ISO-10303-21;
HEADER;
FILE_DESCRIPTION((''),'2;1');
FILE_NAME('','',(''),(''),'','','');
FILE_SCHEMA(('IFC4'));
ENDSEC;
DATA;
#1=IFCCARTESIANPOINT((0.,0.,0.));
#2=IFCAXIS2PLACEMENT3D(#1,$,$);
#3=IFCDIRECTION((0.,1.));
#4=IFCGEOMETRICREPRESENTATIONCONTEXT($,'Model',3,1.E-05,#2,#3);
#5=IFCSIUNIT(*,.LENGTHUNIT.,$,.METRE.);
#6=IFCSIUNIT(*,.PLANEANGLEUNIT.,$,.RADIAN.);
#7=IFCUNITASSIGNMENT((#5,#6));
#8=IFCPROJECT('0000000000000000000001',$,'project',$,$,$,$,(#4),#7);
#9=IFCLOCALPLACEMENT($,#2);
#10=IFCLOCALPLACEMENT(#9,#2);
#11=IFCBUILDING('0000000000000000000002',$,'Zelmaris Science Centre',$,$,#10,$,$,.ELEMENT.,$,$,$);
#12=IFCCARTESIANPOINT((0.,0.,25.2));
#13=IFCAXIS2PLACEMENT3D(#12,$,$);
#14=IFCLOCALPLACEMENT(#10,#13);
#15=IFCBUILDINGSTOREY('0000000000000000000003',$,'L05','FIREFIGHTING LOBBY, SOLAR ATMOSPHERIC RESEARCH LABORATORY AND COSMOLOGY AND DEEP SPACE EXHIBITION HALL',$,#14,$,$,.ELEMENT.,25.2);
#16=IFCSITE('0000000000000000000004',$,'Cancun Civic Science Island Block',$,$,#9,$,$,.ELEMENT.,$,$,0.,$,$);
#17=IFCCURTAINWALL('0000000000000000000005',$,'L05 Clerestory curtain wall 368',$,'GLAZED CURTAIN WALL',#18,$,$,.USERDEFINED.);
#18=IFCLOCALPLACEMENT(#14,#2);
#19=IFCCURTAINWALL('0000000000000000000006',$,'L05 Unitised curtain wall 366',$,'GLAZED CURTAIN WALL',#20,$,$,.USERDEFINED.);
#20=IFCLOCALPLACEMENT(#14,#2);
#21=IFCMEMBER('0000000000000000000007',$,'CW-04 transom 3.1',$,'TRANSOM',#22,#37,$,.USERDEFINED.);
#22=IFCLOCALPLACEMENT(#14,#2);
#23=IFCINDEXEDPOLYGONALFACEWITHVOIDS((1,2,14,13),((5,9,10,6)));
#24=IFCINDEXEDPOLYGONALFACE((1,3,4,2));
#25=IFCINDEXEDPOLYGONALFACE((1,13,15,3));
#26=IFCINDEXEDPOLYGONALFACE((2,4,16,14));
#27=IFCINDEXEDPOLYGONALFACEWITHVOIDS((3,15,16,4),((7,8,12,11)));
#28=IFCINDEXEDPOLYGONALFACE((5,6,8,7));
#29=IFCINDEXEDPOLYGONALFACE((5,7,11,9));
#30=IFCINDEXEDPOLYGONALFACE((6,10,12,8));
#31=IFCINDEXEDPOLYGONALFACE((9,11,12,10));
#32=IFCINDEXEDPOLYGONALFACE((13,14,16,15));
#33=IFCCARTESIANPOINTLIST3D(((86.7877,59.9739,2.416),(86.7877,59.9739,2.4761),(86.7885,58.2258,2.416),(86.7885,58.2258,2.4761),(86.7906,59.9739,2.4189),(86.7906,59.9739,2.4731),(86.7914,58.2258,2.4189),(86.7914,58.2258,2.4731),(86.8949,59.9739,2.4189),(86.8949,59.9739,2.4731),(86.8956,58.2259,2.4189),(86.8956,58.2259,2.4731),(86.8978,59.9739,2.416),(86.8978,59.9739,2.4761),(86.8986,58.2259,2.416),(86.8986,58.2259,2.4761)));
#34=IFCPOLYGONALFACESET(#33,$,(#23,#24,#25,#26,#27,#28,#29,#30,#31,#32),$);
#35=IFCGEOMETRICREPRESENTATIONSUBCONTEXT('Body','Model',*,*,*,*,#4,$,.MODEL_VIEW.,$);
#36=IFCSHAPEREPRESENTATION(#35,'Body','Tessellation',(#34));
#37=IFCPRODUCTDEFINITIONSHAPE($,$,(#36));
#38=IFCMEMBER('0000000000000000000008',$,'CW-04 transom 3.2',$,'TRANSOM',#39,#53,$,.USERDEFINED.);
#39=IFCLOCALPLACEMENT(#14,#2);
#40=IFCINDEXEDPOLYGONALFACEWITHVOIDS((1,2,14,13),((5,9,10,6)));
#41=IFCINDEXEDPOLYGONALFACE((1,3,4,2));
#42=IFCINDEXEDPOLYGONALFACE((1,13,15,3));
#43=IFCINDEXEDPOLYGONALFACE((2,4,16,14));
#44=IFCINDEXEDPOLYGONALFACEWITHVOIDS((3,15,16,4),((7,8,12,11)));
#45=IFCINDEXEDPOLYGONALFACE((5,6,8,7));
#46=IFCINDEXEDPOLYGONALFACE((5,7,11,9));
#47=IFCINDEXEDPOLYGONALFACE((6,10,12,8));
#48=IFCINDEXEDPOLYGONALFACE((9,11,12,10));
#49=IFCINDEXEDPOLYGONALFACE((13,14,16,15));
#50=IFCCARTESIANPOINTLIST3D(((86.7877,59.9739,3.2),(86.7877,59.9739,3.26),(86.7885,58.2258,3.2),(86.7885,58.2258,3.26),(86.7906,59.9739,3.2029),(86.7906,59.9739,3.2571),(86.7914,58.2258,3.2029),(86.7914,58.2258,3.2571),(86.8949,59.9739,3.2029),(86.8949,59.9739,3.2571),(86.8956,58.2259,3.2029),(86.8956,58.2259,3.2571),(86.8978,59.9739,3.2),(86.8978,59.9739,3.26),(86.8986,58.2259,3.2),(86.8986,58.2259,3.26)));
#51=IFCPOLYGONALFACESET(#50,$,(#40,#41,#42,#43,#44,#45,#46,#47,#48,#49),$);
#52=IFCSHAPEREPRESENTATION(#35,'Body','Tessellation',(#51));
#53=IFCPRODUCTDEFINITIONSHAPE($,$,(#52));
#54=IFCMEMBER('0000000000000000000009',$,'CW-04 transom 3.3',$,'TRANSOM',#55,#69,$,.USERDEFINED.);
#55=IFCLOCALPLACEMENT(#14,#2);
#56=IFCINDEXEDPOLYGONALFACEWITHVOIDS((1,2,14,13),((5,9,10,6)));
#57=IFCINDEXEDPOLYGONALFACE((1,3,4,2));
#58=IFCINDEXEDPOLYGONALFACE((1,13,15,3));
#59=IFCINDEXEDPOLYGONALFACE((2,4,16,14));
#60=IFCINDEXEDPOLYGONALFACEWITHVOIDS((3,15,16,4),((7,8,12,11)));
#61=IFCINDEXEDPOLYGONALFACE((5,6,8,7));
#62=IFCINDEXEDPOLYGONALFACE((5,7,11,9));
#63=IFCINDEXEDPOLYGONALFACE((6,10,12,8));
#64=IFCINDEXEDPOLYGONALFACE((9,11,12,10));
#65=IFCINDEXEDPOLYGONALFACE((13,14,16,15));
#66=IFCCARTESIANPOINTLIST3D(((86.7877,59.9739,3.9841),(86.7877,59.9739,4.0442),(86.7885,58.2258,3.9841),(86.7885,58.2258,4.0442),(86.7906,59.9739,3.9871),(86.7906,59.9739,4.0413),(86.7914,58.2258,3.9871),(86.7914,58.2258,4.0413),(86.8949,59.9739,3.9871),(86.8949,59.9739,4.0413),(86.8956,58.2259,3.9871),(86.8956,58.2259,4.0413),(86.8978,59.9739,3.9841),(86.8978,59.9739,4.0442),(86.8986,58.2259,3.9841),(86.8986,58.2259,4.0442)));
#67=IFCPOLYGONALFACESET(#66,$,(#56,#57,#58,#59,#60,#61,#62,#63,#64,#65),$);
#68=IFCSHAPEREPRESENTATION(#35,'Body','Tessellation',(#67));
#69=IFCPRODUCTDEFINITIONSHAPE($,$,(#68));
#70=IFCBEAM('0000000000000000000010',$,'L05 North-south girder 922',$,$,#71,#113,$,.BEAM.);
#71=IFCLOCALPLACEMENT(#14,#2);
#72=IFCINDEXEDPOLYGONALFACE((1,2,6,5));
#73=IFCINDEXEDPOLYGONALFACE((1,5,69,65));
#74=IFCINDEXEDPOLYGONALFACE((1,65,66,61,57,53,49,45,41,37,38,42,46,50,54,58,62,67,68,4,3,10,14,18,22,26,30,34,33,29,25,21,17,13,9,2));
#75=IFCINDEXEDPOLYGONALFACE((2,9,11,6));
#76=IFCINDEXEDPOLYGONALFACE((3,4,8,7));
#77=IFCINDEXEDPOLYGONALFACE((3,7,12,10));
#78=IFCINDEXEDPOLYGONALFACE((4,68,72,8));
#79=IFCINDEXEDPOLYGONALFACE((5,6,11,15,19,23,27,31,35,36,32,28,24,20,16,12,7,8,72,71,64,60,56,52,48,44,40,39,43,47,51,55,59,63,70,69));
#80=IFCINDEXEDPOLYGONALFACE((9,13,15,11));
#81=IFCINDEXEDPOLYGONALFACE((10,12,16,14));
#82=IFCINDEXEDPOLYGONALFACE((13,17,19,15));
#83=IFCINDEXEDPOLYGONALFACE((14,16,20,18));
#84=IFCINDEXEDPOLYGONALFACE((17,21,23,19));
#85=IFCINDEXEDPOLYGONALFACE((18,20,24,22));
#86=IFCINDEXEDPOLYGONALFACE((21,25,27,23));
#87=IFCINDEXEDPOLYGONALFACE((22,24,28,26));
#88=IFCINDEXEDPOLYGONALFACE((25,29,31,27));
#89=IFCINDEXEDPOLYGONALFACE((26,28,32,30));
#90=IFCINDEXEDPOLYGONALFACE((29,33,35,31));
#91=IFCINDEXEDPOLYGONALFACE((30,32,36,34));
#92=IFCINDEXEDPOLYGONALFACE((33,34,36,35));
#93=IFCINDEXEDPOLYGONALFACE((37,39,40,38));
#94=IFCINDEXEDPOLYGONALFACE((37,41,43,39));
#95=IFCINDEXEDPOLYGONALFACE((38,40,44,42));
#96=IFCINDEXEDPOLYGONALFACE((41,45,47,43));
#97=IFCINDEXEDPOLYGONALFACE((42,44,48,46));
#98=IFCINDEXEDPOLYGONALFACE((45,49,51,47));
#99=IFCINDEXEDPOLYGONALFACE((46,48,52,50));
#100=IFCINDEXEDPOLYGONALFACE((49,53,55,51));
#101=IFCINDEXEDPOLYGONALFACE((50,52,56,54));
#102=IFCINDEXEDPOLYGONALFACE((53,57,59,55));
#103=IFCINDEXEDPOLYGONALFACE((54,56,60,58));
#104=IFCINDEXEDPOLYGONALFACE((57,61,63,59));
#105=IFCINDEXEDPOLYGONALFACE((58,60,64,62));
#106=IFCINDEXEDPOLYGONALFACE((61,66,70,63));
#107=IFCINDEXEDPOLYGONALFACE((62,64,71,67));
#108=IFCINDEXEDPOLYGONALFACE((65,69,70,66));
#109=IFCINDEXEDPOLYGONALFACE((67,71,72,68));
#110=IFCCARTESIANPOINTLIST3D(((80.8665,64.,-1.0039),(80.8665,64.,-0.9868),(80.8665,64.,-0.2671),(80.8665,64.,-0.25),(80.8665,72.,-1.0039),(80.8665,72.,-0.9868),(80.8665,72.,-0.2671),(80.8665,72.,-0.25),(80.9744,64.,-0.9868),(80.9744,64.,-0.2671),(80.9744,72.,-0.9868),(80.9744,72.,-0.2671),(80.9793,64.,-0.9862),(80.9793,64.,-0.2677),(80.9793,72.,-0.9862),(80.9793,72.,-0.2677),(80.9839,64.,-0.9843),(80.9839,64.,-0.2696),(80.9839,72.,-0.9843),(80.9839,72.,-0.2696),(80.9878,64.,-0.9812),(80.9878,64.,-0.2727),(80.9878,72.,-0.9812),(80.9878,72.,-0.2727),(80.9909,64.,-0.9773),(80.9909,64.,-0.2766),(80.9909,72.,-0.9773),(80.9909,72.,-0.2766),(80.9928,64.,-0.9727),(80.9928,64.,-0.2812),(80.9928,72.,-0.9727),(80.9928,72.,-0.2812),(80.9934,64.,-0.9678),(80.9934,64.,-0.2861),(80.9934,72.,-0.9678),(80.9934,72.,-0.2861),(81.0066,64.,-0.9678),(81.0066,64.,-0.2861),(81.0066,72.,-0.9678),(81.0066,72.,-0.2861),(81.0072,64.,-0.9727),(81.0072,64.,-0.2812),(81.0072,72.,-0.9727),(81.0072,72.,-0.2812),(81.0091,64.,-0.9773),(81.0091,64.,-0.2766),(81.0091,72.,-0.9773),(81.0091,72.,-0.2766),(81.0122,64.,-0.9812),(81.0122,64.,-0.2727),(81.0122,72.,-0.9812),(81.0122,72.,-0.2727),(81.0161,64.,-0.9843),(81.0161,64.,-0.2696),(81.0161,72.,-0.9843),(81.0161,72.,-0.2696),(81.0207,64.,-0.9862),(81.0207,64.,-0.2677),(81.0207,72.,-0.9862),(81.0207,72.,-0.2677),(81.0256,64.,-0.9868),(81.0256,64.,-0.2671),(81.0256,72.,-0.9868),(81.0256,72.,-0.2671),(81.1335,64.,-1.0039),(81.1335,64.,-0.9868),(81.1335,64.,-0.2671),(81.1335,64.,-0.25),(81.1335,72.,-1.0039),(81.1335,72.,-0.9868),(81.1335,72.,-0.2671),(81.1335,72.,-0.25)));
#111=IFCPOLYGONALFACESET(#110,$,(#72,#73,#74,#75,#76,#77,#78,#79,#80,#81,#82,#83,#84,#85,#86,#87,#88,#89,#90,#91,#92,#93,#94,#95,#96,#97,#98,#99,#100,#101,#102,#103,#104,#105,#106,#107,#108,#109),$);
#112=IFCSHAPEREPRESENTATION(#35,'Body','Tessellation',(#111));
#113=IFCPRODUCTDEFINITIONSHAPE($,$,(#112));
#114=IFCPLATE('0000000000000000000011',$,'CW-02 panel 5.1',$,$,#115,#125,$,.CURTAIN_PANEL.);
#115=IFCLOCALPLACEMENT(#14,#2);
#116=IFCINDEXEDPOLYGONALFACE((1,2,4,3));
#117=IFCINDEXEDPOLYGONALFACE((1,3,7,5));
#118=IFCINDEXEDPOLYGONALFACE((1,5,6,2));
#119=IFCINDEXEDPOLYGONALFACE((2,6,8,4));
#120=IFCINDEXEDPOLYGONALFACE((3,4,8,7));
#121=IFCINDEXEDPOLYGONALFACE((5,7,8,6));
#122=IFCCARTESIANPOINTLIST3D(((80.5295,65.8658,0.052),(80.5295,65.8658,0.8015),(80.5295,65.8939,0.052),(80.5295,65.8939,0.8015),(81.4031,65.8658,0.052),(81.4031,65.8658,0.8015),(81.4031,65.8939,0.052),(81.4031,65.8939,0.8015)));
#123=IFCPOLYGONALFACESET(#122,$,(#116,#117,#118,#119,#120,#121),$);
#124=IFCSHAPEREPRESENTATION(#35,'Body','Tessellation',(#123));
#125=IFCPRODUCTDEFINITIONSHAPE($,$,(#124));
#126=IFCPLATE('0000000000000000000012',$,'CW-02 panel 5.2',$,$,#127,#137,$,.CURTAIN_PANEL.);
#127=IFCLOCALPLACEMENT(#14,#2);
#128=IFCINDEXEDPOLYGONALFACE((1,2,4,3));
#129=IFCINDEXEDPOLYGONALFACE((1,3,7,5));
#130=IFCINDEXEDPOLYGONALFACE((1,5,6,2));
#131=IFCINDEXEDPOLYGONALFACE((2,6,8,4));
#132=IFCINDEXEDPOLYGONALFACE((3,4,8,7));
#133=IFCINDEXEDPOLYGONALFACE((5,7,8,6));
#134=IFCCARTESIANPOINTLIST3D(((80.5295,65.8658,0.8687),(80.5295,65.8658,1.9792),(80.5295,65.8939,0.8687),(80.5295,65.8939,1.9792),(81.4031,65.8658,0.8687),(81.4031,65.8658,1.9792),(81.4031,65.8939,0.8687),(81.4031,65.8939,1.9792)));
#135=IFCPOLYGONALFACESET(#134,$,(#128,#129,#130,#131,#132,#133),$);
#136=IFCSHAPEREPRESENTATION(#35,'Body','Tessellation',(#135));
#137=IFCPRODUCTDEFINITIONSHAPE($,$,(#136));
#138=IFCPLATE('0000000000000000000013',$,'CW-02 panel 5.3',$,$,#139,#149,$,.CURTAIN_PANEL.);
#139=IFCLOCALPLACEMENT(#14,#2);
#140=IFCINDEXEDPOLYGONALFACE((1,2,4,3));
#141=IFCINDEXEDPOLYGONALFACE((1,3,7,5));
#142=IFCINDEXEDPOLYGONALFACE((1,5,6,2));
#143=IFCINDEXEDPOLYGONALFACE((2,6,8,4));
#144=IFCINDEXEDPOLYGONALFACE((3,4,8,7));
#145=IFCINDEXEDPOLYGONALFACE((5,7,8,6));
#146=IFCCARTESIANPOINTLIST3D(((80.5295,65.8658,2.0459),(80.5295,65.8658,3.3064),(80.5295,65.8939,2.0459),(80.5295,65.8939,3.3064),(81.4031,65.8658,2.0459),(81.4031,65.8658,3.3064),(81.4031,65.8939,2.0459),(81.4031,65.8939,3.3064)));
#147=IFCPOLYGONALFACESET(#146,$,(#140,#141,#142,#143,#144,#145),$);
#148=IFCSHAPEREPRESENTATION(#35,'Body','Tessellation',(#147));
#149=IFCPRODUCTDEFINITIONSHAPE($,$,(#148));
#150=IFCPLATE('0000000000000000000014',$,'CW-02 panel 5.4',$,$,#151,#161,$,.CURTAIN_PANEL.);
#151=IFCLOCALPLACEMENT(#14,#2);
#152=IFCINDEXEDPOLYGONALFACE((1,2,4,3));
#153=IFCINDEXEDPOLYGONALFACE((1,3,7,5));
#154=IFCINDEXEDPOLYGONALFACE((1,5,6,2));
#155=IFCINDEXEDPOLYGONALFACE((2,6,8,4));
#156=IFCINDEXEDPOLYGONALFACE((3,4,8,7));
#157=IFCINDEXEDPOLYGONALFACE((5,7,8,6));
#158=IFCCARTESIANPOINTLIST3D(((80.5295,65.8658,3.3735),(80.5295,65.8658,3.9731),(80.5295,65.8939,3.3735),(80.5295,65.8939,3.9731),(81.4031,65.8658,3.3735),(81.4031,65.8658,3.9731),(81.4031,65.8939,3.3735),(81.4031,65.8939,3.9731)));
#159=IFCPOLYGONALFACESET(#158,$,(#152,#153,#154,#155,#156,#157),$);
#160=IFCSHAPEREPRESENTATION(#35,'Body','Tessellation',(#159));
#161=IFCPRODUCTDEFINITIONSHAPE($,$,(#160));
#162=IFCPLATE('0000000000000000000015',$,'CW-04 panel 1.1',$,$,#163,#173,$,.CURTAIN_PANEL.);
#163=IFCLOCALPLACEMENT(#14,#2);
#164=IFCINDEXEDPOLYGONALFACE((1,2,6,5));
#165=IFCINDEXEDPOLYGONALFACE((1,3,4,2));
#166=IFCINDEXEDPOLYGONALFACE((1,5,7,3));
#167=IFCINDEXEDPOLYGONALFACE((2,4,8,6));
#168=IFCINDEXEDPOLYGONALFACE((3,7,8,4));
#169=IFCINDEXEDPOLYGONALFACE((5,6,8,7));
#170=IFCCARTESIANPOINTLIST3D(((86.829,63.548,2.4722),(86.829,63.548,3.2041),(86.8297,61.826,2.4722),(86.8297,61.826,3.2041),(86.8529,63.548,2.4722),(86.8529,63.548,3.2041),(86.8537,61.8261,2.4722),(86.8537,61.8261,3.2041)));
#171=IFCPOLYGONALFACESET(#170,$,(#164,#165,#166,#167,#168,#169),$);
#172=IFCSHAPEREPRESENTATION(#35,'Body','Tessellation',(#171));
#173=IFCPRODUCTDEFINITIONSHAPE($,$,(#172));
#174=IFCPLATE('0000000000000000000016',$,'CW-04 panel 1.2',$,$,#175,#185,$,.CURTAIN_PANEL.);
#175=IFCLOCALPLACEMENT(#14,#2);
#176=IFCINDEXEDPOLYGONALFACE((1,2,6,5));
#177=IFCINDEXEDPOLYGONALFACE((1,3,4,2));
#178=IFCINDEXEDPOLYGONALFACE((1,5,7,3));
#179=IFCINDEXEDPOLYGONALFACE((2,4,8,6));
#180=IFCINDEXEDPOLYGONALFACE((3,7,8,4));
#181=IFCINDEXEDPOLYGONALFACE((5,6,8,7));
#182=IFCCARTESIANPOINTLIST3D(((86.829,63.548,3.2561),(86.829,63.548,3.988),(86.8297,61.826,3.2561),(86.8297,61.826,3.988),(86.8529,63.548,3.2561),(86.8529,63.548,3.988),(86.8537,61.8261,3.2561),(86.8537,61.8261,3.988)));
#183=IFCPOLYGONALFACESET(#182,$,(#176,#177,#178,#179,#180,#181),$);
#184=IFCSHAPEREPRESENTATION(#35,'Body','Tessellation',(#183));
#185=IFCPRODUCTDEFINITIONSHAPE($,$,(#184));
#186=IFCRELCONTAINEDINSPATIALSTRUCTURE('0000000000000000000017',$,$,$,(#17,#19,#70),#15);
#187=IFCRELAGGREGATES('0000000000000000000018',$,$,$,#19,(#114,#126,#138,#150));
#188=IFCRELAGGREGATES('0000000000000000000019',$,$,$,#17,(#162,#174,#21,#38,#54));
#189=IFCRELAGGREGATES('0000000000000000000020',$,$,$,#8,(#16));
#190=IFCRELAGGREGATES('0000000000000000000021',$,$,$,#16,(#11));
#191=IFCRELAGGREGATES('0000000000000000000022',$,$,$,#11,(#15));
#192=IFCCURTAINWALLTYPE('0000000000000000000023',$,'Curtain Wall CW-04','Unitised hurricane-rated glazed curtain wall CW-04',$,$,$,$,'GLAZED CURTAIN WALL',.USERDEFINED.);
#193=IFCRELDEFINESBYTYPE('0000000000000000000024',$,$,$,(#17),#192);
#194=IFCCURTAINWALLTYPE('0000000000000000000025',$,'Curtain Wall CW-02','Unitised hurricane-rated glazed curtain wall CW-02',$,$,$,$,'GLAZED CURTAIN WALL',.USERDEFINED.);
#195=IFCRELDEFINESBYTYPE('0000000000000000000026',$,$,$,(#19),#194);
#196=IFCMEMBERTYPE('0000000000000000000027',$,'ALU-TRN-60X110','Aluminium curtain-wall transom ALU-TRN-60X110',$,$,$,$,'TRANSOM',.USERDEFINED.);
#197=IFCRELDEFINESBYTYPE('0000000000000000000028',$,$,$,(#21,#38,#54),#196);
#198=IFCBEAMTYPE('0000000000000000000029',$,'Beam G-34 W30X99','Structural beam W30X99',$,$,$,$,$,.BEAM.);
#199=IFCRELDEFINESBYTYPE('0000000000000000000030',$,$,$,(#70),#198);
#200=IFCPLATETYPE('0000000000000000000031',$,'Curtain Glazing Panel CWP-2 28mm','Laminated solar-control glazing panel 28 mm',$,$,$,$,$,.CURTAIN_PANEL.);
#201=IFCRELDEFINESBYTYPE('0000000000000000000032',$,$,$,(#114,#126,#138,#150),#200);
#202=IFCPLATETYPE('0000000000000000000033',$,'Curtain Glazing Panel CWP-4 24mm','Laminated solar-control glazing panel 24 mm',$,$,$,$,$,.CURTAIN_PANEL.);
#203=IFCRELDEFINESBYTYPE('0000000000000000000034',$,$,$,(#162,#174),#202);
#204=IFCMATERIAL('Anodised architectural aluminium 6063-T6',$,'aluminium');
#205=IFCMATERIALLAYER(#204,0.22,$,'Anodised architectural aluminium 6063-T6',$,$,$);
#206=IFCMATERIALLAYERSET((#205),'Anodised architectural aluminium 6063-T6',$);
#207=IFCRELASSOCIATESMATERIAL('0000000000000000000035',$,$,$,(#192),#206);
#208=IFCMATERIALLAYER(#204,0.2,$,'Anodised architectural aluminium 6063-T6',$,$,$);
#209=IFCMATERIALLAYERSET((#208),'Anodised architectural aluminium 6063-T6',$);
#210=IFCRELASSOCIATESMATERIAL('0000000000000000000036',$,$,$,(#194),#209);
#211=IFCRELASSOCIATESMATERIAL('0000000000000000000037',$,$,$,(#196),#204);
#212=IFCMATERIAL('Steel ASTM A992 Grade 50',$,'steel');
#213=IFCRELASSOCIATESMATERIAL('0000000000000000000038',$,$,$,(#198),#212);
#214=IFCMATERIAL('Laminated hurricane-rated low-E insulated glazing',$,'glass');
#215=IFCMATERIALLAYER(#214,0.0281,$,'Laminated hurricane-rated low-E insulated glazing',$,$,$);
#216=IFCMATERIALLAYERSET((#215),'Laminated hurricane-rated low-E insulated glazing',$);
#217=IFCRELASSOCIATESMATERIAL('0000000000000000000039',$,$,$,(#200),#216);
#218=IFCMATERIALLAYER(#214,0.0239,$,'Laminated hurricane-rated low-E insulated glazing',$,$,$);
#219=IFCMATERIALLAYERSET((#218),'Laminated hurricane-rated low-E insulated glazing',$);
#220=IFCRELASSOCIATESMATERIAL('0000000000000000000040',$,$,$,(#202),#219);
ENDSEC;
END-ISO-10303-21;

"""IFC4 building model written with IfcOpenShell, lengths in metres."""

from ifc_helpers import new_model, si_unit, direction, frame, origin, origin_2d, place, context, subcontext, project, spatial, rectangle, hollow_rectangle, i_section, extrude, material, layer, layer_set, material_profile, profile_set, type_object, element, aggregate, save


model = new_model("IFC4")

# Units and contexts
model_context = context("Model", 3, precision=1e-05, world=origin(), true_north=direction((0.0, 1.0)))
body_context = subcontext(model_context, "Body", "Model", "MODEL_VIEW")
ifc_project = project(units=[si_unit("LENGTHUNIT", "METRE"), si_unit("PLANEANGLEUNIT", "RADIAN")], contexts=[model_context])

# Site, building, storey
site_placement = place(None, origin())
site = spatial("IfcSite", under=ifc_project, at=site_placement, Name="Cancun Civic Science Island Block", CompositionType="ELEMENT", RefElevation=0.0)
building_placement = place(site_placement, origin())
building = spatial("IfcBuilding", under=site, at=building_placement, Name="Zelmaris Science Centre", CompositionType="ELEMENT")
storey_placement = place(building_placement, frame((0.0, 0.0, 25.2)))
storey = spatial("IfcBuildingStorey", under=building, at=storey_placement, Name="L05", Description="FIREFIGHTING LOBBY, SOLAR ATMOSPHERIC RESEARCH LABORATORY AND COSMOLOGY AND DEEP SPACE EXHIBITION HALL", CompositionType="ELEMENT", Elevation=25.2)

# Curtain wall
ifc_material_1 = material(Name="Anodised architectural aluminium 6063-T6", Category="aluminium")
ifc_layer_1 = layer(ifc_material_1, 0.22, Name="Anodised architectural aluminium 6063-T6")
ifc_layer_set_1 = layer_set([ifc_layer_1], Name="Anodised architectural aluminium 6063-T6")
curtain_wall_type_1 = type_object("IfcCurtainWallType", Name="Curtain Wall CW-04", Description="Unitised hurricane-rated glazed curtain wall CW-04", ElementType="GLAZED CURTAIN WALL", PredefinedType="USERDEFINED", material=ifc_layer_set_1)
curtain_wall_1_placement = place(storey_placement, origin())
curtain_wall_1 = element("IfcCurtainWall", 1, at=curtain_wall_1_placement, inside=storey, type_object=curtain_wall_type_1, Name="L05 Clerestory curtain wall 368", ObjectType="GLAZED CURTAIN WALL", PredefinedType="USERDEFINED")

# Curtain wall
ifc_layer_2 = layer(ifc_material_1, 0.2, Name="Anodised architectural aluminium 6063-T6")
ifc_layer_set_2 = layer_set([ifc_layer_2], Name="Anodised architectural aluminium 6063-T6")
curtain_wall_type_2 = type_object("IfcCurtainWallType", Name="Curtain Wall CW-02", Description="Unitised hurricane-rated glazed curtain wall CW-02", ElementType="GLAZED CURTAIN WALL", PredefinedType="USERDEFINED", material=ifc_layer_set_2)
curtain_wall_2_placement = place(storey_placement, origin())
curtain_wall_2 = element("IfcCurtainWall", 2, at=curtain_wall_2_placement, inside=storey, type_object=curtain_wall_type_2, Name="L05 Unitised curtain wall 366", ObjectType="GLAZED CURTAIN WALL", PredefinedType="USERDEFINED")

# Members
ifc_material_profile_1 = material_profile(ifc_material_1, hollow_rectangle(XDim=0.0601, YDim=0.1101, WallThickness=0.0029, at=origin_2d()), Name="ALU-TRN-60X110")
ifc_profile_set_1 = profile_set([ifc_material_profile_1], Name="Anodised architectural aluminium 6063-T6")
member_type_1 = type_object("IfcMemberType", Name="ALU-TRN-60X110", Description="Aluminium curtain-wall transom ALU-TRN-60X110", ElementType="TRANSOM", PredefinedType="USERDEFINED", material=ifc_profile_set_1)
member_1_placement = place(storey_placement, frame((86.8428, 59.9739, 2.446), z_axis=(0.000419, -1.0, 0.0), x_axis=(0.0, 0.0, 1.0)))
member_1 = element("IfcMember", 3, at=member_1_placement, type_object=member_type_1, Name="CW-04 transom 3.1", ObjectType="TRANSOM", PredefinedType="USERDEFINED", context=body_context, shape_type="SweptSolid", body=[
    extrude(hollow_rectangle(XDim=0.0601, YDim=0.1101, WallThickness=0.0029, at=origin_2d()), origin(), (0.0, 0.0, 1.0), 1.748),
])
member_2_placement = place(storey_placement, frame((86.8428, 59.9739, 3.23), z_axis=(0.000419, -1.0, 0.0), x_axis=(0.0, 0.0, 1.0)))
member_2 = element("IfcMember", 4, at=member_2_placement, type_object=member_type_1, Name="CW-04 transom 3.2", ObjectType="TRANSOM", PredefinedType="USERDEFINED", context=body_context, shape_type="SweptSolid", body=[
    extrude(hollow_rectangle(XDim=0.0601, YDim=0.1101, WallThickness=0.0029, at=origin_2d()), origin(), (0.0, 0.0, 1.0), 1.748),
])
member_3_placement = place(storey_placement, frame((86.8428, 59.9739, 4.0142), z_axis=(0.000419, -1.0, 0.0), x_axis=(0.0, 0.0, 1.0)))
member_3 = element("IfcMember", 5, at=member_3_placement, type_object=member_type_1, Name="CW-04 transom 3.3", ObjectType="TRANSOM", PredefinedType="USERDEFINED", context=body_context, shape_type="SweptSolid", body=[
    extrude(hollow_rectangle(XDim=0.0601, YDim=0.1101, WallThickness=0.0029, at=origin_2d()), origin(), (0.0, 0.0, 1.0), 1.748),
])

# Beam
ifc_material_2 = material(Name="Steel ASTM A992 Grade 50", Category="steel")
ifc_material_profile_2 = material_profile(ifc_material_2, i_section(OverallWidth=0.2671, OverallDepth=0.7539, WebThickness=0.0132, FlangeThickness=0.0171, FilletRadius=0.019, at=origin_2d()), Name="W30X99")
ifc_profile_set_2 = profile_set([ifc_material_profile_2], Name="Steel ASTM A992 Grade 50")
beam_type = type_object("IfcBeamType", Name="Beam G-34 W30X99", Description="Structural beam W30X99", PredefinedType="BEAM", material=ifc_profile_set_2)
beam_placement = place(storey_placement, frame((81.0, 64.0, -0.627), z_axis=(0.0, 1.0, 0.0), x_axis=(-1.0, 0.0, 0.0)))
element("IfcBeam", 6, at=beam_placement, inside=storey, type_object=beam_type, Name="L05 North-south girder 922", PredefinedType="BEAM", context=body_context, shape_type="SweptSolid", body=[
    extrude(i_section(OverallWidth=0.2671, OverallDepth=0.7539, WebThickness=0.0132, FlangeThickness=0.0171, FilletRadius=0.019, at=origin_2d()), origin(), (0.0, 0.0, 1.0), 8.0),
])

# Plates
ifc_material_3 = material(Name="Laminated hurricane-rated low-E insulated glazing", Category="glass")
ifc_layer_3 = layer(ifc_material_3, 0.0281, Name="Laminated hurricane-rated low-E insulated glazing")
ifc_layer_set_3 = layer_set([ifc_layer_3], Name="Laminated hurricane-rated low-E insulated glazing")
plate_type_1 = type_object("IfcPlateType", Name="Curtain Glazing Panel CWP-2 28mm", Description="Laminated solar-control glazing panel 28 mm", PredefinedType="CURTAIN_PANEL", material=ifc_layer_set_3)
plate_1_placement = place(storey_placement, frame((80.9663, 65.8799, 0.052), z_axis=(0.0, 0.0, 1.0), x_axis=(1.0, 0.0, 0.0)))
plate_1 = element("IfcPlate", 7, at=plate_1_placement, type_object=plate_type_1, Name="CW-02 panel 5.1", PredefinedType="CURTAIN_PANEL", context=body_context, shape_type="SweptSolid", body=[
    extrude(rectangle(XDim=0.8735, YDim=0.0281, at=origin_2d()), origin(), (0.0, 0.0, 1.0), 0.7495),
])
plate_2_placement = place(storey_placement, frame((80.9663, 65.8799, 0.8687), z_axis=(0.0, 0.0, 1.0), x_axis=(1.0, 0.0, 0.0)))
plate_2 = element("IfcPlate", 8, at=plate_2_placement, type_object=plate_type_1, Name="CW-02 panel 5.2", PredefinedType="CURTAIN_PANEL", context=body_context, shape_type="SweptSolid", body=[
    extrude(rectangle(XDim=0.8735, YDim=0.0281, at=origin_2d()), origin(), (0.0, 0.0, 1.0), 1.1106),
])
plate_3_placement = place(storey_placement, frame((80.9663, 65.8799, 2.0459), z_axis=(0.0, 0.0, 1.0), x_axis=(1.0, 0.0, 0.0)))
plate_3 = element("IfcPlate", 9, at=plate_3_placement, type_object=plate_type_1, Name="CW-02 panel 5.3", PredefinedType="CURTAIN_PANEL", context=body_context, shape_type="SweptSolid", body=[
    extrude(rectangle(XDim=0.8735, YDim=0.0281, at=origin_2d()), origin(), (0.0, 0.0, 1.0), 1.2605),
])
plate_4_placement = place(storey_placement, frame((80.9663, 65.8799, 3.3735), z_axis=(0.0, 0.0, 1.0), x_axis=(1.0, 0.0, 0.0)))
plate_4 = element("IfcPlate", 10, at=plate_4_placement, type_object=plate_type_1, Name="CW-02 panel 5.4", PredefinedType="CURTAIN_PANEL", context=body_context, shape_type="SweptSolid", body=[
    extrude(rectangle(XDim=0.8735, YDim=0.0281, at=origin_2d()), origin(), (0.0, 0.0, 1.0), 0.5996),
])
aggregate(curtain_wall_2, [plate_1, plate_2, plate_3, plate_4])
ifc_layer_4 = layer(ifc_material_3, 0.0239, Name="Laminated hurricane-rated low-E insulated glazing")
ifc_layer_set_4 = layer_set([ifc_layer_4], Name="Laminated hurricane-rated low-E insulated glazing")
plate_type_2 = type_object("IfcPlateType", Name="Curtain Glazing Panel CWP-4 24mm", Description="Laminated solar-control glazing panel 24 mm", PredefinedType="CURTAIN_PANEL", material=ifc_layer_set_4)
plate_5_placement = place(storey_placement, frame((86.8413, 62.687, 2.4722), z_axis=(0.0, 0.0, 1.0), x_axis=(0.000457, -1.0, 0.0)))
plate_5 = element("IfcPlate", 11, at=plate_5_placement, type_object=plate_type_2, Name="CW-04 panel 1.1", PredefinedType="CURTAIN_PANEL", context=body_context, shape_type="SweptSolid", body=[
    extrude(rectangle(XDim=1.7219, YDim=0.0239, at=origin_2d()), origin(), (0.0, 0.0, 1.0), 0.7319),
])
plate_6_placement = place(storey_placement, frame((86.8413, 62.687, 3.2561), z_axis=(0.0, 0.0, 1.0), x_axis=(0.000457, -1.0, 0.0)))
plate_6 = element("IfcPlate", 12, at=plate_6_placement, type_object=plate_type_2, Name="CW-04 panel 1.2", PredefinedType="CURTAIN_PANEL", context=body_context, shape_type="SweptSolid", body=[
    extrude(rectangle(XDim=1.7219, YDim=0.0239, at=origin_2d()), origin(), (0.0, 0.0, 1.0), 0.7319),
])
aggregate(curtain_wall_1, [plate_5, plate_6, member_1, member_2, member_3])

save(model, "model.ifc")
